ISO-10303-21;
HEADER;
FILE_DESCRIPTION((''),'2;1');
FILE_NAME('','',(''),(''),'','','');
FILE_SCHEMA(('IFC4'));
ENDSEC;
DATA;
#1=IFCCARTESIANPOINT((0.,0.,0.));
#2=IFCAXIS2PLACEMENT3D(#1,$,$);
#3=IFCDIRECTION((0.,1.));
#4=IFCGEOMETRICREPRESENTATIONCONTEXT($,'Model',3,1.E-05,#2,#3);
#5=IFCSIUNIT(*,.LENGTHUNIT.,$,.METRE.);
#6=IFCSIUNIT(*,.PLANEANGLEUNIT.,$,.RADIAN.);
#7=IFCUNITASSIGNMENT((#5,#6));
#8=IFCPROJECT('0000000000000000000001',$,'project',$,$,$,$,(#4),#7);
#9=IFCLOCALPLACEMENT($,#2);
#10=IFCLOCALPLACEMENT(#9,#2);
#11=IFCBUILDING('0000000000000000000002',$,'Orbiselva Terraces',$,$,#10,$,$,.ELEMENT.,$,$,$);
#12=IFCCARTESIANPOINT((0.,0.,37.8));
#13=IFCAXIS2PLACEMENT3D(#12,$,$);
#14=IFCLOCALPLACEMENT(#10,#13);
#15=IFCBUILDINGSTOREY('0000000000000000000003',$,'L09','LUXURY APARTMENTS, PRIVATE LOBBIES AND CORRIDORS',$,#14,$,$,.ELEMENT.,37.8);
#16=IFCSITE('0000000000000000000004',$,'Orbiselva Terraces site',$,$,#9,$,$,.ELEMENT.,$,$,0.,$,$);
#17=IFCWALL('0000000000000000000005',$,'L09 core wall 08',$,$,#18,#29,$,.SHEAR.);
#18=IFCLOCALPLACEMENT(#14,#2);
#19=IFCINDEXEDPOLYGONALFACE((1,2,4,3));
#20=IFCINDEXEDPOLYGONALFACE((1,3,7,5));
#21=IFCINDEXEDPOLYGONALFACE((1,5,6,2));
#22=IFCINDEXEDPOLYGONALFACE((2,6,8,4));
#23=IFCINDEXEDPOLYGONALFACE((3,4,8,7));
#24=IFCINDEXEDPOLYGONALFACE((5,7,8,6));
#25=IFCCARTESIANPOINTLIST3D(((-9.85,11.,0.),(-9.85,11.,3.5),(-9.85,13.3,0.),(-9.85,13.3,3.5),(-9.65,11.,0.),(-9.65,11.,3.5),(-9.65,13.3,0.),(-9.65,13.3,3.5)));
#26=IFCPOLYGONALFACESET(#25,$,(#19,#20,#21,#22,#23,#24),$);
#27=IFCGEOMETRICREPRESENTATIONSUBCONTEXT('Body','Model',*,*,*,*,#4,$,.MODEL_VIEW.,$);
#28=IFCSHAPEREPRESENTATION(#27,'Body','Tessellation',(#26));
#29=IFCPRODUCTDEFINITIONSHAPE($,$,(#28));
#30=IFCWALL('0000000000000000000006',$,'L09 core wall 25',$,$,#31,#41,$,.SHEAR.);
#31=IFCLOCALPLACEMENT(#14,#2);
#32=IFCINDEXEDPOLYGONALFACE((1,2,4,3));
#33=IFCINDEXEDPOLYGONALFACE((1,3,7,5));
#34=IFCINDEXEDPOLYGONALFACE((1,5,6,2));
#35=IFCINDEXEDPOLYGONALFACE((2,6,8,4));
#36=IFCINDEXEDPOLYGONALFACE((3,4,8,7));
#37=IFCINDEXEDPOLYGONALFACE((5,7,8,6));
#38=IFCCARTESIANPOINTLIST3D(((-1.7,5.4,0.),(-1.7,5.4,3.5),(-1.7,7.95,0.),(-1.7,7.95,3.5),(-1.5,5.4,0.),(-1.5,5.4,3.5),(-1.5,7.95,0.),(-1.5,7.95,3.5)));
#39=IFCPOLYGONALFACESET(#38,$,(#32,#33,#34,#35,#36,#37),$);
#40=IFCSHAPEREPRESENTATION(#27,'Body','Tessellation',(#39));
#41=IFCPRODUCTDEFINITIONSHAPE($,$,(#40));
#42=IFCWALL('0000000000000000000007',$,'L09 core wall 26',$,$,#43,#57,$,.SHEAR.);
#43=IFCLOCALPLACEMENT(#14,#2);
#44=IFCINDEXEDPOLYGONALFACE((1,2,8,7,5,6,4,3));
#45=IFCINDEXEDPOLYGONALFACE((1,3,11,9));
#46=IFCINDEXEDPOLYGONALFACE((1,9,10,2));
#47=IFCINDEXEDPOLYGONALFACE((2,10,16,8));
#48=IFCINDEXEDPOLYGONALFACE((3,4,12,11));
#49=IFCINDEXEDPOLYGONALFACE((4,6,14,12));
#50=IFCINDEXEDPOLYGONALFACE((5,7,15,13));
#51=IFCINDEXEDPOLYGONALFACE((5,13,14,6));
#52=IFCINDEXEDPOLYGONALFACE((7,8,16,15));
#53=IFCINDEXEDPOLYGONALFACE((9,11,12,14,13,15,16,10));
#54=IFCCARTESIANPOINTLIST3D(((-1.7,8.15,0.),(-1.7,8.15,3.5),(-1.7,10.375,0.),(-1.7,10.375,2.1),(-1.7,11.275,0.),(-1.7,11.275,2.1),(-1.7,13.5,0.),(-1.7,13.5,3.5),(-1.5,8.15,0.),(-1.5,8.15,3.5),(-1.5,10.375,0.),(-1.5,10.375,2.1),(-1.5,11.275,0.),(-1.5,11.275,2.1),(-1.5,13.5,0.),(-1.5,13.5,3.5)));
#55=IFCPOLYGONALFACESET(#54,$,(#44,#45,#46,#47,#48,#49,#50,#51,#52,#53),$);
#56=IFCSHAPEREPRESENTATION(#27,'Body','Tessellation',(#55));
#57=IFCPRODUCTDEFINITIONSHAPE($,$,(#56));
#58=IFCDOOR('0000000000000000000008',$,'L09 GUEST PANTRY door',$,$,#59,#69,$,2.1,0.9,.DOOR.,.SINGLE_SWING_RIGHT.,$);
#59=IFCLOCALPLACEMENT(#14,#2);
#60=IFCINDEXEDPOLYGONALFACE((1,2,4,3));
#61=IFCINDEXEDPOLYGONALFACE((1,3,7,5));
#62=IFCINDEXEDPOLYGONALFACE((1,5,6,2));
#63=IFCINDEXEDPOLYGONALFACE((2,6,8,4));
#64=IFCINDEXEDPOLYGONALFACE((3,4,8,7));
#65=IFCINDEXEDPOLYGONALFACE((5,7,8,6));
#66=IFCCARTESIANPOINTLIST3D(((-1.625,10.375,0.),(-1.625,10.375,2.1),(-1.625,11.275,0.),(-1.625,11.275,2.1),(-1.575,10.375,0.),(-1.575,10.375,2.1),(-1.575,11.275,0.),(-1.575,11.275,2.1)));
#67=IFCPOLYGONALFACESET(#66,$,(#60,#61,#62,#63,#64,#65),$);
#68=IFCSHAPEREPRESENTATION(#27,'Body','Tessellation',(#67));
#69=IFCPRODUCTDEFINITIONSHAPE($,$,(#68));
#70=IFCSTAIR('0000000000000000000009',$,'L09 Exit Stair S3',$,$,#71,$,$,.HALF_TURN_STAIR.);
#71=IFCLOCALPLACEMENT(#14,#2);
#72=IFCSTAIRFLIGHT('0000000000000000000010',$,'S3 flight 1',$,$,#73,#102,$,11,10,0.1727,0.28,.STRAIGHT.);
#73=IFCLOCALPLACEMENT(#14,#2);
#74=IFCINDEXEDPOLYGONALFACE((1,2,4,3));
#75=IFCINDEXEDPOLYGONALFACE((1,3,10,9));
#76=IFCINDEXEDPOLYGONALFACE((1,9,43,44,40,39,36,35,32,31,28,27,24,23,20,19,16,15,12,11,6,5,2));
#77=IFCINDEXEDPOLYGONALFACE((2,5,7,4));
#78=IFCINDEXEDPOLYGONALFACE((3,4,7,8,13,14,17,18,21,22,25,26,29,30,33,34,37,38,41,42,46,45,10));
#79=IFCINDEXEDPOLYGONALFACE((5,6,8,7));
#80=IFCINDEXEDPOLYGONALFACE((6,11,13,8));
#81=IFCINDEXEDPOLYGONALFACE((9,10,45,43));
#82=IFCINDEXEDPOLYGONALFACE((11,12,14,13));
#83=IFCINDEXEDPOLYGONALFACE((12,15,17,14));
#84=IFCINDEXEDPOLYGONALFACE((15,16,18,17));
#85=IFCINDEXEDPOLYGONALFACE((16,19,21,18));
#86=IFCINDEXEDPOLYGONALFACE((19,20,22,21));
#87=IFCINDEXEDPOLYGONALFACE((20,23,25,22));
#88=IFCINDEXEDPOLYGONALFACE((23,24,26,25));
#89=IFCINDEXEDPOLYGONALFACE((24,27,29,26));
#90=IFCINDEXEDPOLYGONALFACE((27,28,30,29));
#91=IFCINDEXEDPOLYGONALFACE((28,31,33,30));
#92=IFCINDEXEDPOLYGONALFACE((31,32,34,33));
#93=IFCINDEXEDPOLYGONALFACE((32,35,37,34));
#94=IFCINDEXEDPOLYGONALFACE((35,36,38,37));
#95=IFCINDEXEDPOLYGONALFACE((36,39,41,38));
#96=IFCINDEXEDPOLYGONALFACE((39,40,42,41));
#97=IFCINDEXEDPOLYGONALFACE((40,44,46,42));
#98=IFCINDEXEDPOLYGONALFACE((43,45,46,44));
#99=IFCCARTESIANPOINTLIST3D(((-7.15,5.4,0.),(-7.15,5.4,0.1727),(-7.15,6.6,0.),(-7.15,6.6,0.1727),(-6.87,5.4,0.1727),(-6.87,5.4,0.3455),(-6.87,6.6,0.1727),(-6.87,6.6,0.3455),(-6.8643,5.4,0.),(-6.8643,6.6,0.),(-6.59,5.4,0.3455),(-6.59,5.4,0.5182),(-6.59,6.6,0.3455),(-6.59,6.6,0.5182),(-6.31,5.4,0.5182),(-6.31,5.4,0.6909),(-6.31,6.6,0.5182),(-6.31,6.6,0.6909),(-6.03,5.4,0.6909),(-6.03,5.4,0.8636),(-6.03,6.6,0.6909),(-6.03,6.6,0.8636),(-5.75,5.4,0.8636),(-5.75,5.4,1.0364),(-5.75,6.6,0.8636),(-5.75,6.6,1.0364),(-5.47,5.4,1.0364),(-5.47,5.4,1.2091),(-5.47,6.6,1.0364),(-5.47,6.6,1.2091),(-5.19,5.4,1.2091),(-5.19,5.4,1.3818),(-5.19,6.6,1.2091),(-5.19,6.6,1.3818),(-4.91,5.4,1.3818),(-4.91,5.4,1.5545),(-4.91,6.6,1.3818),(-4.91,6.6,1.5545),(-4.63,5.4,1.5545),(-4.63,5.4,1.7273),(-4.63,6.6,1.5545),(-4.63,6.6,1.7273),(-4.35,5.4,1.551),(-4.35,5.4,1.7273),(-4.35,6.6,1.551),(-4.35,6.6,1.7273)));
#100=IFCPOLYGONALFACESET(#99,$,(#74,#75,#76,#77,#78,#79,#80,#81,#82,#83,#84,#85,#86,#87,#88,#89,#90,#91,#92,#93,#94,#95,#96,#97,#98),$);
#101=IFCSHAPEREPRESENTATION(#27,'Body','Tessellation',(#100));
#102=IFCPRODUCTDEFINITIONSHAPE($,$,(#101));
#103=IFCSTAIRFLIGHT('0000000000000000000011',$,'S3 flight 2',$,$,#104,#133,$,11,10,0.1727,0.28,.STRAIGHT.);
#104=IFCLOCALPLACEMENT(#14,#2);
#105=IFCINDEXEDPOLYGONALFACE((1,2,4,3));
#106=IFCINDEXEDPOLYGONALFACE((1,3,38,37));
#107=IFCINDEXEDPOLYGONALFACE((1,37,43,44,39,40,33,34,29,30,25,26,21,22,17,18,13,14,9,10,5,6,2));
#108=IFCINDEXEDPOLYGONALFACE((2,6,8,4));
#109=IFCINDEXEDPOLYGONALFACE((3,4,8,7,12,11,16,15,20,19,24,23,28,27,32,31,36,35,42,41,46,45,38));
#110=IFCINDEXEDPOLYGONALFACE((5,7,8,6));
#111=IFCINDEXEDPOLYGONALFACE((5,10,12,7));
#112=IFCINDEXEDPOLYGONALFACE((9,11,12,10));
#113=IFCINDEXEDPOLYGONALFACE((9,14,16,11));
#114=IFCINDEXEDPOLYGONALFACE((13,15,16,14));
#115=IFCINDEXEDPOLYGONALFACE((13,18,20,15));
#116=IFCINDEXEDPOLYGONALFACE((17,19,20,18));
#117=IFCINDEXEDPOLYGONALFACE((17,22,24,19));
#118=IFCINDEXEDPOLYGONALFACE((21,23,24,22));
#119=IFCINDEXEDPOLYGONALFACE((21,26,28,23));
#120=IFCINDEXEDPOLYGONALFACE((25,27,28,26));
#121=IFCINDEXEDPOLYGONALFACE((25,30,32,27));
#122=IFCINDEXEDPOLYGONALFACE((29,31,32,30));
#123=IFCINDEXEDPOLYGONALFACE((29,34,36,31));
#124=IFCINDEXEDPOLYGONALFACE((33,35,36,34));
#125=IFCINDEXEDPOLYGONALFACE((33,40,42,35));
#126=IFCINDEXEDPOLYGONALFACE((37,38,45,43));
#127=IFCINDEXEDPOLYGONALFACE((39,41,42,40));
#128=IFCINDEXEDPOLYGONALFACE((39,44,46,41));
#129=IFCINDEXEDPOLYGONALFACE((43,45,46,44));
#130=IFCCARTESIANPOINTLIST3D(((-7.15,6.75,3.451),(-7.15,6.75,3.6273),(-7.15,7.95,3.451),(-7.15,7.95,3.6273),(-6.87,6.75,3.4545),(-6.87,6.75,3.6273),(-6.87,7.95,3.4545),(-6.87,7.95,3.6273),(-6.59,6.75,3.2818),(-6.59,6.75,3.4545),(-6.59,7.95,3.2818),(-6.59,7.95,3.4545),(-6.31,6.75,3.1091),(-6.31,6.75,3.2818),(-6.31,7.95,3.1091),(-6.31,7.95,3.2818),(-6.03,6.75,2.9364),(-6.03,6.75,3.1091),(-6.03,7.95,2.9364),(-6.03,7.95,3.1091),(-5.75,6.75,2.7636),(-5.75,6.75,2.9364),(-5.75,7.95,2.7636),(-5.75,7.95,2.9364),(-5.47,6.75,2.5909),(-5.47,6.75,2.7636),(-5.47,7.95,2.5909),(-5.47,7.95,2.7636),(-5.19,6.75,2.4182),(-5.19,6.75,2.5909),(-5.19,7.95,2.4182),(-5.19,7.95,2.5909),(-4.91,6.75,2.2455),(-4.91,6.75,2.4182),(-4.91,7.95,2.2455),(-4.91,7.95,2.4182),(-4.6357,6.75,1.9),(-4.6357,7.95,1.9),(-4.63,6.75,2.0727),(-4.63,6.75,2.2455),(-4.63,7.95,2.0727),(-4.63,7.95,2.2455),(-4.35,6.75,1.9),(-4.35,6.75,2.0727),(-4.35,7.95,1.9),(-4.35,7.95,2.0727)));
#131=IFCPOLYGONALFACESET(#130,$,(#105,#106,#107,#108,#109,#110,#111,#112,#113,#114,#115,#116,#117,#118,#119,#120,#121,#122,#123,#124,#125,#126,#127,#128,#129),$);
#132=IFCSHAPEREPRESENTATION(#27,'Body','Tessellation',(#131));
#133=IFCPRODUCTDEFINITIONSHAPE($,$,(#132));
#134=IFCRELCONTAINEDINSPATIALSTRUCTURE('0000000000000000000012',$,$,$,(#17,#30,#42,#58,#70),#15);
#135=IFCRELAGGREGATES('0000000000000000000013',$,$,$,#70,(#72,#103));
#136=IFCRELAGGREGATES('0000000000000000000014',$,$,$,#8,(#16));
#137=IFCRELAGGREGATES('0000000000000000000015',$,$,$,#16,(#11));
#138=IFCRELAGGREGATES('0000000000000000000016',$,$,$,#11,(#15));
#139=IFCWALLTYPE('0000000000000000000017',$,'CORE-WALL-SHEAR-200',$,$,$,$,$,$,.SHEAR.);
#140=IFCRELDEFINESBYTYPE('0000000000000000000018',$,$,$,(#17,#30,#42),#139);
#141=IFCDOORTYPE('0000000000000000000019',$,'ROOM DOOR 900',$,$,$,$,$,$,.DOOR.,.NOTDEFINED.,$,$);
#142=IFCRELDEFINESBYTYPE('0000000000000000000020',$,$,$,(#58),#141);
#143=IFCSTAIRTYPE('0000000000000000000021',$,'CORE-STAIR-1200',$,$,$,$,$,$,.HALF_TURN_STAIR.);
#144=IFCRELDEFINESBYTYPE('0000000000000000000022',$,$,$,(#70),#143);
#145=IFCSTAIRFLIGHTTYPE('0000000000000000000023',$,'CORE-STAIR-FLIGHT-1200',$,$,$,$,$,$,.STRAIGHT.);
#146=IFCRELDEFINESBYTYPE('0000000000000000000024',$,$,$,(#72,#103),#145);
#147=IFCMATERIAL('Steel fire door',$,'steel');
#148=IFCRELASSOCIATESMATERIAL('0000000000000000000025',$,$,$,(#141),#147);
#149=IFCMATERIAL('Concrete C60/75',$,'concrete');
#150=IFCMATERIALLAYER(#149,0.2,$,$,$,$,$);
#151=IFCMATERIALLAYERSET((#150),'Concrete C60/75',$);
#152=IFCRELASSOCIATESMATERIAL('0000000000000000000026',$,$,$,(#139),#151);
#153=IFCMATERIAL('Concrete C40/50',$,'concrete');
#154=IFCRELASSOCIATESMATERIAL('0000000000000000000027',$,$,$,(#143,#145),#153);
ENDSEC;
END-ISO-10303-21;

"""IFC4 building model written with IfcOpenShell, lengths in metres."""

from ifc_helpers import new_model, si_unit, direction, frame, frame_2d, origin, place, context, subcontext, project, spatial, polyline, rectangle, outline, extrude, material, layer, layer_set, type_object, element, fill, aggregate, save


model = new_model("IFC4")

# Units and contexts
model_context = context("Model", 3, precision=1e-05, world=origin(), true_north=direction((0.0, 1.0)))
body_context = subcontext(model_context, "Body", "Model", "MODEL_VIEW")
ifc_project = project(units=[si_unit("LENGTHUNIT", "METRE"), si_unit("PLANEANGLEUNIT", "RADIAN")], contexts=[model_context])

# Site, building, storey
site_placement = place(None, origin())
site = spatial("IfcSite", under=ifc_project, at=site_placement, Name="Orbiselva Terraces site", CompositionType="ELEMENT", RefElevation=0.0)
building_placement = place(site_placement, origin())
building = spatial("IfcBuilding", under=site, at=building_placement, Name="Orbiselva Terraces", CompositionType="ELEMENT")
storey_placement = place(building_placement, frame((0.0, 0.0, 37.8)))
storey = spatial("IfcBuildingStorey", under=building, at=storey_placement, Name="L09", Description="LUXURY APARTMENTS, PRIVATE LOBBIES AND CORRIDORS", CompositionType="ELEMENT", Elevation=37.8)

# Shared definitions
ifc_material_1 = material(Name="Steel fire door", Category="steel")
door_type = type_object("IfcDoorType", Name="ROOM DOOR 900", OperationType="NOTDEFINED", PredefinedType="DOOR", material=ifc_material_1)

# Shared definitions
ifc_material_2 = material(Name="Concrete C60/75", Category="concrete")
ifc_layer_1 = layer(ifc_material_2, 0.2)
ifc_layer_set_1 = layer_set([ifc_layer_1], Name="Concrete C60/75")
wall_type_1 = type_object("IfcWallType", Name="CORE-WALL-SHEAR-200", PredefinedType="SHEAR", material=ifc_layer_set_1)

# Walls
wall_1_placement = place(storey_placement, frame((-9.75, 11.0, 0.0), z_axis=(0.0, 0.0, 1.0), x_axis=(0.0, 1.0, 0.0)))
element("IfcWall", 1, at=wall_1_placement, inside=storey, type_object=wall_type_1, Name="L09 core wall 08", PredefinedType="SHEAR", context=body_context, shape_type="SweptSolid", body=[
    extrude(rectangle(XDim=2.3, YDim=0.2, at=frame_2d((1.15, 0.0))), origin(), (0.0, 0.0, 1.0), 3.5),
])
wall_2_placement = place(storey_placement, frame((-1.6, 5.4, 0.0), z_axis=(0.0, 0.0, 1.0), x_axis=(0.0, 1.0, 0.0)))
element("IfcWall", 2, at=wall_2_placement, inside=storey, type_object=wall_type_1, Name="L09 core wall 25", PredefinedType="SHEAR", context=body_context, shape_type="SweptSolid", body=[
    extrude(rectangle(XDim=2.55, YDim=0.2, at=frame_2d((1.275, 0.0))), origin(), (0.0, 0.0, 1.0), 3.5),
])

# Wall, opening, door
wall_3_placement = place(storey_placement, frame((-1.6, 8.15, 0.0), z_axis=(0.0, 0.0, 1.0), x_axis=(0.0, 1.0, 0.0)))
wall_3 = element("IfcWall", 3, at=wall_3_placement, inside=storey, type_object=wall_type_1, Name="L09 core wall 26", PredefinedType="SHEAR", context=body_context, shape_type="SweptSolid", body=[
    extrude(rectangle(XDim=5.35, YDim=0.2, at=frame_2d((2.675, 0.0))), origin(), (0.0, 0.0, 1.0), 3.5),
])
opening_1_placement = place(wall_3_placement, frame((2.225, 0.0, 0.0)))
opening_1 = element("IfcOpeningElement", 4, at=opening_1_placement, cuts=wall_3, PredefinedType="OPENING", context=body_context, shape_type="SweptSolid", body=[
    extrude(rectangle(XDim=0.9, YDim=2.1, at=frame_2d((0.45, 1.05))), frame((0.0, 0.11, 0.0), z_axis=(0.0, -1.0, 0.0), x_axis=(1.0, 0.0, 0.0)), (0.0, 0.0, 1.0), 0.22),
])
door_1_placement = place(opening_1_placement, origin())
door_1 = element("IfcDoor", 5, at=door_1_placement, inside=storey, type_object=door_type, Name="L09 GUEST PANTRY door", OperationType="SINGLE_SWING_RIGHT", OverallHeight=2.1, OverallWidth=0.9, PredefinedType="DOOR", context=body_context, shape_type="SweptSolid", body=[
    extrude(rectangle(XDim=0.9, YDim=2.1, at=frame_2d((0.45, 1.05))), frame((0.0, 0.025, 0.0), z_axis=(0.0, -1.0, 0.0), x_axis=(1.0, 0.0, 0.0)), (0.0, 0.0, 1.0), 0.05),
])
fill(opening_1, door_1)

# Stair, stair flights
ifc_material_3 = material(Name="Concrete C40/50", Category="concrete")
stair_type = type_object("IfcStairType", Name="CORE-STAIR-1200", PredefinedType="HALF_TURN_STAIR", material=ifc_material_3)
stair_placement = place(storey_placement, origin())
stair = element("IfcStair", 6, at=stair_placement, inside=storey, type_object=stair_type, Name="L09 Exit Stair S3", PredefinedType="HALF_TURN_STAIR")
stair_flight_type = type_object("IfcStairFlightType", Name="CORE-STAIR-FLIGHT-1200", PredefinedType="STRAIGHT", material=ifc_material_3)
stair_flight_1_placement = place(storey_placement, frame((-7.15, 6.0, 0.0), z_axis=(0.0, 0.0, 1.0), x_axis=(1.0, 0.0, 0.0)))
stair_flight_1 = element("IfcStairFlight", 7, at=stair_flight_1_placement, type_object=stair_flight_type, Name="S3 flight 1", NumberOfRisers=11, NumberOfTreads=10, PredefinedType="STRAIGHT", RiserHeight=0.1727, TreadLength=0.28, context=body_context, shape_type="SweptSolid", body=[
    extrude(outline(polyline([(0.0, 0.0), (0.0, 0.1727), (0.28, 0.1727), (0.28, 0.3455), (0.56, 0.3455), (0.56, 0.5182), (0.84, 0.5182), (0.84, 0.6909), (1.12, 0.6909), (1.12, 0.8636), (1.4, 0.8636), (1.4, 1.0364), (1.68, 1.0364), (1.68, 1.2091), (1.96, 1.2091), (1.96, 1.3818), (2.24, 1.3818), (2.24, 1.5545), (2.52, 1.5545), (2.52, 1.7273), (2.8, 1.7273), (2.8, 1.9), (2.8, 1.551), (0.2857, 0.0), (0.0, 0.0)])), frame((0.0, 0.6, 0.0), z_axis=(0.0, -1.0, 0.0), x_axis=(1.0, 0.0, 0.0)), (0.0, 0.0, 1.0), 1.2),
])
stair_flight_2_placement = place(storey_placement, frame((-4.35, 7.35, 1.9), z_axis=(0.0, 0.0, 1.0), x_axis=(-1.0, 0.0, 0.0)))
stair_flight_2 = element("IfcStairFlight", 8, at=stair_flight_2_placement, type_object=stair_flight_type, Name="S3 flight 2", NumberOfRisers=11, NumberOfTreads=10, PredefinedType="STRAIGHT", RiserHeight=0.1727, TreadLength=0.28, context=body_context, shape_type="SweptSolid", body=[
    extrude(outline(polyline([(0.0, 0.0), (0.0, 0.1727), (0.28, 0.1727), (0.28, 0.3455), (0.56, 0.3455), (0.56, 0.5182), (0.84, 0.5182), (0.84, 0.6909), (1.12, 0.6909), (1.12, 0.8636), (1.4, 0.8636), (1.4, 1.0364), (1.68, 1.0364), (1.68, 1.2091), (1.96, 1.2091), (1.96, 1.3818), (2.24, 1.3818), (2.24, 1.5545), (2.52, 1.5545), (2.52, 1.7273), (2.8, 1.7273), (2.8, 1.9), (2.8, 1.551), (0.2857, 0.0), (0.0, 0.0)])), frame((0.0, 0.6, 0.0), z_axis=(0.0, -1.0, 0.0), x_axis=(1.0, 0.0, 0.0)), (0.0, 0.0, 1.0), 1.2),
])
aggregate(stair, [stair_flight_1, stair_flight_2])

save(model, "model.ifc")
